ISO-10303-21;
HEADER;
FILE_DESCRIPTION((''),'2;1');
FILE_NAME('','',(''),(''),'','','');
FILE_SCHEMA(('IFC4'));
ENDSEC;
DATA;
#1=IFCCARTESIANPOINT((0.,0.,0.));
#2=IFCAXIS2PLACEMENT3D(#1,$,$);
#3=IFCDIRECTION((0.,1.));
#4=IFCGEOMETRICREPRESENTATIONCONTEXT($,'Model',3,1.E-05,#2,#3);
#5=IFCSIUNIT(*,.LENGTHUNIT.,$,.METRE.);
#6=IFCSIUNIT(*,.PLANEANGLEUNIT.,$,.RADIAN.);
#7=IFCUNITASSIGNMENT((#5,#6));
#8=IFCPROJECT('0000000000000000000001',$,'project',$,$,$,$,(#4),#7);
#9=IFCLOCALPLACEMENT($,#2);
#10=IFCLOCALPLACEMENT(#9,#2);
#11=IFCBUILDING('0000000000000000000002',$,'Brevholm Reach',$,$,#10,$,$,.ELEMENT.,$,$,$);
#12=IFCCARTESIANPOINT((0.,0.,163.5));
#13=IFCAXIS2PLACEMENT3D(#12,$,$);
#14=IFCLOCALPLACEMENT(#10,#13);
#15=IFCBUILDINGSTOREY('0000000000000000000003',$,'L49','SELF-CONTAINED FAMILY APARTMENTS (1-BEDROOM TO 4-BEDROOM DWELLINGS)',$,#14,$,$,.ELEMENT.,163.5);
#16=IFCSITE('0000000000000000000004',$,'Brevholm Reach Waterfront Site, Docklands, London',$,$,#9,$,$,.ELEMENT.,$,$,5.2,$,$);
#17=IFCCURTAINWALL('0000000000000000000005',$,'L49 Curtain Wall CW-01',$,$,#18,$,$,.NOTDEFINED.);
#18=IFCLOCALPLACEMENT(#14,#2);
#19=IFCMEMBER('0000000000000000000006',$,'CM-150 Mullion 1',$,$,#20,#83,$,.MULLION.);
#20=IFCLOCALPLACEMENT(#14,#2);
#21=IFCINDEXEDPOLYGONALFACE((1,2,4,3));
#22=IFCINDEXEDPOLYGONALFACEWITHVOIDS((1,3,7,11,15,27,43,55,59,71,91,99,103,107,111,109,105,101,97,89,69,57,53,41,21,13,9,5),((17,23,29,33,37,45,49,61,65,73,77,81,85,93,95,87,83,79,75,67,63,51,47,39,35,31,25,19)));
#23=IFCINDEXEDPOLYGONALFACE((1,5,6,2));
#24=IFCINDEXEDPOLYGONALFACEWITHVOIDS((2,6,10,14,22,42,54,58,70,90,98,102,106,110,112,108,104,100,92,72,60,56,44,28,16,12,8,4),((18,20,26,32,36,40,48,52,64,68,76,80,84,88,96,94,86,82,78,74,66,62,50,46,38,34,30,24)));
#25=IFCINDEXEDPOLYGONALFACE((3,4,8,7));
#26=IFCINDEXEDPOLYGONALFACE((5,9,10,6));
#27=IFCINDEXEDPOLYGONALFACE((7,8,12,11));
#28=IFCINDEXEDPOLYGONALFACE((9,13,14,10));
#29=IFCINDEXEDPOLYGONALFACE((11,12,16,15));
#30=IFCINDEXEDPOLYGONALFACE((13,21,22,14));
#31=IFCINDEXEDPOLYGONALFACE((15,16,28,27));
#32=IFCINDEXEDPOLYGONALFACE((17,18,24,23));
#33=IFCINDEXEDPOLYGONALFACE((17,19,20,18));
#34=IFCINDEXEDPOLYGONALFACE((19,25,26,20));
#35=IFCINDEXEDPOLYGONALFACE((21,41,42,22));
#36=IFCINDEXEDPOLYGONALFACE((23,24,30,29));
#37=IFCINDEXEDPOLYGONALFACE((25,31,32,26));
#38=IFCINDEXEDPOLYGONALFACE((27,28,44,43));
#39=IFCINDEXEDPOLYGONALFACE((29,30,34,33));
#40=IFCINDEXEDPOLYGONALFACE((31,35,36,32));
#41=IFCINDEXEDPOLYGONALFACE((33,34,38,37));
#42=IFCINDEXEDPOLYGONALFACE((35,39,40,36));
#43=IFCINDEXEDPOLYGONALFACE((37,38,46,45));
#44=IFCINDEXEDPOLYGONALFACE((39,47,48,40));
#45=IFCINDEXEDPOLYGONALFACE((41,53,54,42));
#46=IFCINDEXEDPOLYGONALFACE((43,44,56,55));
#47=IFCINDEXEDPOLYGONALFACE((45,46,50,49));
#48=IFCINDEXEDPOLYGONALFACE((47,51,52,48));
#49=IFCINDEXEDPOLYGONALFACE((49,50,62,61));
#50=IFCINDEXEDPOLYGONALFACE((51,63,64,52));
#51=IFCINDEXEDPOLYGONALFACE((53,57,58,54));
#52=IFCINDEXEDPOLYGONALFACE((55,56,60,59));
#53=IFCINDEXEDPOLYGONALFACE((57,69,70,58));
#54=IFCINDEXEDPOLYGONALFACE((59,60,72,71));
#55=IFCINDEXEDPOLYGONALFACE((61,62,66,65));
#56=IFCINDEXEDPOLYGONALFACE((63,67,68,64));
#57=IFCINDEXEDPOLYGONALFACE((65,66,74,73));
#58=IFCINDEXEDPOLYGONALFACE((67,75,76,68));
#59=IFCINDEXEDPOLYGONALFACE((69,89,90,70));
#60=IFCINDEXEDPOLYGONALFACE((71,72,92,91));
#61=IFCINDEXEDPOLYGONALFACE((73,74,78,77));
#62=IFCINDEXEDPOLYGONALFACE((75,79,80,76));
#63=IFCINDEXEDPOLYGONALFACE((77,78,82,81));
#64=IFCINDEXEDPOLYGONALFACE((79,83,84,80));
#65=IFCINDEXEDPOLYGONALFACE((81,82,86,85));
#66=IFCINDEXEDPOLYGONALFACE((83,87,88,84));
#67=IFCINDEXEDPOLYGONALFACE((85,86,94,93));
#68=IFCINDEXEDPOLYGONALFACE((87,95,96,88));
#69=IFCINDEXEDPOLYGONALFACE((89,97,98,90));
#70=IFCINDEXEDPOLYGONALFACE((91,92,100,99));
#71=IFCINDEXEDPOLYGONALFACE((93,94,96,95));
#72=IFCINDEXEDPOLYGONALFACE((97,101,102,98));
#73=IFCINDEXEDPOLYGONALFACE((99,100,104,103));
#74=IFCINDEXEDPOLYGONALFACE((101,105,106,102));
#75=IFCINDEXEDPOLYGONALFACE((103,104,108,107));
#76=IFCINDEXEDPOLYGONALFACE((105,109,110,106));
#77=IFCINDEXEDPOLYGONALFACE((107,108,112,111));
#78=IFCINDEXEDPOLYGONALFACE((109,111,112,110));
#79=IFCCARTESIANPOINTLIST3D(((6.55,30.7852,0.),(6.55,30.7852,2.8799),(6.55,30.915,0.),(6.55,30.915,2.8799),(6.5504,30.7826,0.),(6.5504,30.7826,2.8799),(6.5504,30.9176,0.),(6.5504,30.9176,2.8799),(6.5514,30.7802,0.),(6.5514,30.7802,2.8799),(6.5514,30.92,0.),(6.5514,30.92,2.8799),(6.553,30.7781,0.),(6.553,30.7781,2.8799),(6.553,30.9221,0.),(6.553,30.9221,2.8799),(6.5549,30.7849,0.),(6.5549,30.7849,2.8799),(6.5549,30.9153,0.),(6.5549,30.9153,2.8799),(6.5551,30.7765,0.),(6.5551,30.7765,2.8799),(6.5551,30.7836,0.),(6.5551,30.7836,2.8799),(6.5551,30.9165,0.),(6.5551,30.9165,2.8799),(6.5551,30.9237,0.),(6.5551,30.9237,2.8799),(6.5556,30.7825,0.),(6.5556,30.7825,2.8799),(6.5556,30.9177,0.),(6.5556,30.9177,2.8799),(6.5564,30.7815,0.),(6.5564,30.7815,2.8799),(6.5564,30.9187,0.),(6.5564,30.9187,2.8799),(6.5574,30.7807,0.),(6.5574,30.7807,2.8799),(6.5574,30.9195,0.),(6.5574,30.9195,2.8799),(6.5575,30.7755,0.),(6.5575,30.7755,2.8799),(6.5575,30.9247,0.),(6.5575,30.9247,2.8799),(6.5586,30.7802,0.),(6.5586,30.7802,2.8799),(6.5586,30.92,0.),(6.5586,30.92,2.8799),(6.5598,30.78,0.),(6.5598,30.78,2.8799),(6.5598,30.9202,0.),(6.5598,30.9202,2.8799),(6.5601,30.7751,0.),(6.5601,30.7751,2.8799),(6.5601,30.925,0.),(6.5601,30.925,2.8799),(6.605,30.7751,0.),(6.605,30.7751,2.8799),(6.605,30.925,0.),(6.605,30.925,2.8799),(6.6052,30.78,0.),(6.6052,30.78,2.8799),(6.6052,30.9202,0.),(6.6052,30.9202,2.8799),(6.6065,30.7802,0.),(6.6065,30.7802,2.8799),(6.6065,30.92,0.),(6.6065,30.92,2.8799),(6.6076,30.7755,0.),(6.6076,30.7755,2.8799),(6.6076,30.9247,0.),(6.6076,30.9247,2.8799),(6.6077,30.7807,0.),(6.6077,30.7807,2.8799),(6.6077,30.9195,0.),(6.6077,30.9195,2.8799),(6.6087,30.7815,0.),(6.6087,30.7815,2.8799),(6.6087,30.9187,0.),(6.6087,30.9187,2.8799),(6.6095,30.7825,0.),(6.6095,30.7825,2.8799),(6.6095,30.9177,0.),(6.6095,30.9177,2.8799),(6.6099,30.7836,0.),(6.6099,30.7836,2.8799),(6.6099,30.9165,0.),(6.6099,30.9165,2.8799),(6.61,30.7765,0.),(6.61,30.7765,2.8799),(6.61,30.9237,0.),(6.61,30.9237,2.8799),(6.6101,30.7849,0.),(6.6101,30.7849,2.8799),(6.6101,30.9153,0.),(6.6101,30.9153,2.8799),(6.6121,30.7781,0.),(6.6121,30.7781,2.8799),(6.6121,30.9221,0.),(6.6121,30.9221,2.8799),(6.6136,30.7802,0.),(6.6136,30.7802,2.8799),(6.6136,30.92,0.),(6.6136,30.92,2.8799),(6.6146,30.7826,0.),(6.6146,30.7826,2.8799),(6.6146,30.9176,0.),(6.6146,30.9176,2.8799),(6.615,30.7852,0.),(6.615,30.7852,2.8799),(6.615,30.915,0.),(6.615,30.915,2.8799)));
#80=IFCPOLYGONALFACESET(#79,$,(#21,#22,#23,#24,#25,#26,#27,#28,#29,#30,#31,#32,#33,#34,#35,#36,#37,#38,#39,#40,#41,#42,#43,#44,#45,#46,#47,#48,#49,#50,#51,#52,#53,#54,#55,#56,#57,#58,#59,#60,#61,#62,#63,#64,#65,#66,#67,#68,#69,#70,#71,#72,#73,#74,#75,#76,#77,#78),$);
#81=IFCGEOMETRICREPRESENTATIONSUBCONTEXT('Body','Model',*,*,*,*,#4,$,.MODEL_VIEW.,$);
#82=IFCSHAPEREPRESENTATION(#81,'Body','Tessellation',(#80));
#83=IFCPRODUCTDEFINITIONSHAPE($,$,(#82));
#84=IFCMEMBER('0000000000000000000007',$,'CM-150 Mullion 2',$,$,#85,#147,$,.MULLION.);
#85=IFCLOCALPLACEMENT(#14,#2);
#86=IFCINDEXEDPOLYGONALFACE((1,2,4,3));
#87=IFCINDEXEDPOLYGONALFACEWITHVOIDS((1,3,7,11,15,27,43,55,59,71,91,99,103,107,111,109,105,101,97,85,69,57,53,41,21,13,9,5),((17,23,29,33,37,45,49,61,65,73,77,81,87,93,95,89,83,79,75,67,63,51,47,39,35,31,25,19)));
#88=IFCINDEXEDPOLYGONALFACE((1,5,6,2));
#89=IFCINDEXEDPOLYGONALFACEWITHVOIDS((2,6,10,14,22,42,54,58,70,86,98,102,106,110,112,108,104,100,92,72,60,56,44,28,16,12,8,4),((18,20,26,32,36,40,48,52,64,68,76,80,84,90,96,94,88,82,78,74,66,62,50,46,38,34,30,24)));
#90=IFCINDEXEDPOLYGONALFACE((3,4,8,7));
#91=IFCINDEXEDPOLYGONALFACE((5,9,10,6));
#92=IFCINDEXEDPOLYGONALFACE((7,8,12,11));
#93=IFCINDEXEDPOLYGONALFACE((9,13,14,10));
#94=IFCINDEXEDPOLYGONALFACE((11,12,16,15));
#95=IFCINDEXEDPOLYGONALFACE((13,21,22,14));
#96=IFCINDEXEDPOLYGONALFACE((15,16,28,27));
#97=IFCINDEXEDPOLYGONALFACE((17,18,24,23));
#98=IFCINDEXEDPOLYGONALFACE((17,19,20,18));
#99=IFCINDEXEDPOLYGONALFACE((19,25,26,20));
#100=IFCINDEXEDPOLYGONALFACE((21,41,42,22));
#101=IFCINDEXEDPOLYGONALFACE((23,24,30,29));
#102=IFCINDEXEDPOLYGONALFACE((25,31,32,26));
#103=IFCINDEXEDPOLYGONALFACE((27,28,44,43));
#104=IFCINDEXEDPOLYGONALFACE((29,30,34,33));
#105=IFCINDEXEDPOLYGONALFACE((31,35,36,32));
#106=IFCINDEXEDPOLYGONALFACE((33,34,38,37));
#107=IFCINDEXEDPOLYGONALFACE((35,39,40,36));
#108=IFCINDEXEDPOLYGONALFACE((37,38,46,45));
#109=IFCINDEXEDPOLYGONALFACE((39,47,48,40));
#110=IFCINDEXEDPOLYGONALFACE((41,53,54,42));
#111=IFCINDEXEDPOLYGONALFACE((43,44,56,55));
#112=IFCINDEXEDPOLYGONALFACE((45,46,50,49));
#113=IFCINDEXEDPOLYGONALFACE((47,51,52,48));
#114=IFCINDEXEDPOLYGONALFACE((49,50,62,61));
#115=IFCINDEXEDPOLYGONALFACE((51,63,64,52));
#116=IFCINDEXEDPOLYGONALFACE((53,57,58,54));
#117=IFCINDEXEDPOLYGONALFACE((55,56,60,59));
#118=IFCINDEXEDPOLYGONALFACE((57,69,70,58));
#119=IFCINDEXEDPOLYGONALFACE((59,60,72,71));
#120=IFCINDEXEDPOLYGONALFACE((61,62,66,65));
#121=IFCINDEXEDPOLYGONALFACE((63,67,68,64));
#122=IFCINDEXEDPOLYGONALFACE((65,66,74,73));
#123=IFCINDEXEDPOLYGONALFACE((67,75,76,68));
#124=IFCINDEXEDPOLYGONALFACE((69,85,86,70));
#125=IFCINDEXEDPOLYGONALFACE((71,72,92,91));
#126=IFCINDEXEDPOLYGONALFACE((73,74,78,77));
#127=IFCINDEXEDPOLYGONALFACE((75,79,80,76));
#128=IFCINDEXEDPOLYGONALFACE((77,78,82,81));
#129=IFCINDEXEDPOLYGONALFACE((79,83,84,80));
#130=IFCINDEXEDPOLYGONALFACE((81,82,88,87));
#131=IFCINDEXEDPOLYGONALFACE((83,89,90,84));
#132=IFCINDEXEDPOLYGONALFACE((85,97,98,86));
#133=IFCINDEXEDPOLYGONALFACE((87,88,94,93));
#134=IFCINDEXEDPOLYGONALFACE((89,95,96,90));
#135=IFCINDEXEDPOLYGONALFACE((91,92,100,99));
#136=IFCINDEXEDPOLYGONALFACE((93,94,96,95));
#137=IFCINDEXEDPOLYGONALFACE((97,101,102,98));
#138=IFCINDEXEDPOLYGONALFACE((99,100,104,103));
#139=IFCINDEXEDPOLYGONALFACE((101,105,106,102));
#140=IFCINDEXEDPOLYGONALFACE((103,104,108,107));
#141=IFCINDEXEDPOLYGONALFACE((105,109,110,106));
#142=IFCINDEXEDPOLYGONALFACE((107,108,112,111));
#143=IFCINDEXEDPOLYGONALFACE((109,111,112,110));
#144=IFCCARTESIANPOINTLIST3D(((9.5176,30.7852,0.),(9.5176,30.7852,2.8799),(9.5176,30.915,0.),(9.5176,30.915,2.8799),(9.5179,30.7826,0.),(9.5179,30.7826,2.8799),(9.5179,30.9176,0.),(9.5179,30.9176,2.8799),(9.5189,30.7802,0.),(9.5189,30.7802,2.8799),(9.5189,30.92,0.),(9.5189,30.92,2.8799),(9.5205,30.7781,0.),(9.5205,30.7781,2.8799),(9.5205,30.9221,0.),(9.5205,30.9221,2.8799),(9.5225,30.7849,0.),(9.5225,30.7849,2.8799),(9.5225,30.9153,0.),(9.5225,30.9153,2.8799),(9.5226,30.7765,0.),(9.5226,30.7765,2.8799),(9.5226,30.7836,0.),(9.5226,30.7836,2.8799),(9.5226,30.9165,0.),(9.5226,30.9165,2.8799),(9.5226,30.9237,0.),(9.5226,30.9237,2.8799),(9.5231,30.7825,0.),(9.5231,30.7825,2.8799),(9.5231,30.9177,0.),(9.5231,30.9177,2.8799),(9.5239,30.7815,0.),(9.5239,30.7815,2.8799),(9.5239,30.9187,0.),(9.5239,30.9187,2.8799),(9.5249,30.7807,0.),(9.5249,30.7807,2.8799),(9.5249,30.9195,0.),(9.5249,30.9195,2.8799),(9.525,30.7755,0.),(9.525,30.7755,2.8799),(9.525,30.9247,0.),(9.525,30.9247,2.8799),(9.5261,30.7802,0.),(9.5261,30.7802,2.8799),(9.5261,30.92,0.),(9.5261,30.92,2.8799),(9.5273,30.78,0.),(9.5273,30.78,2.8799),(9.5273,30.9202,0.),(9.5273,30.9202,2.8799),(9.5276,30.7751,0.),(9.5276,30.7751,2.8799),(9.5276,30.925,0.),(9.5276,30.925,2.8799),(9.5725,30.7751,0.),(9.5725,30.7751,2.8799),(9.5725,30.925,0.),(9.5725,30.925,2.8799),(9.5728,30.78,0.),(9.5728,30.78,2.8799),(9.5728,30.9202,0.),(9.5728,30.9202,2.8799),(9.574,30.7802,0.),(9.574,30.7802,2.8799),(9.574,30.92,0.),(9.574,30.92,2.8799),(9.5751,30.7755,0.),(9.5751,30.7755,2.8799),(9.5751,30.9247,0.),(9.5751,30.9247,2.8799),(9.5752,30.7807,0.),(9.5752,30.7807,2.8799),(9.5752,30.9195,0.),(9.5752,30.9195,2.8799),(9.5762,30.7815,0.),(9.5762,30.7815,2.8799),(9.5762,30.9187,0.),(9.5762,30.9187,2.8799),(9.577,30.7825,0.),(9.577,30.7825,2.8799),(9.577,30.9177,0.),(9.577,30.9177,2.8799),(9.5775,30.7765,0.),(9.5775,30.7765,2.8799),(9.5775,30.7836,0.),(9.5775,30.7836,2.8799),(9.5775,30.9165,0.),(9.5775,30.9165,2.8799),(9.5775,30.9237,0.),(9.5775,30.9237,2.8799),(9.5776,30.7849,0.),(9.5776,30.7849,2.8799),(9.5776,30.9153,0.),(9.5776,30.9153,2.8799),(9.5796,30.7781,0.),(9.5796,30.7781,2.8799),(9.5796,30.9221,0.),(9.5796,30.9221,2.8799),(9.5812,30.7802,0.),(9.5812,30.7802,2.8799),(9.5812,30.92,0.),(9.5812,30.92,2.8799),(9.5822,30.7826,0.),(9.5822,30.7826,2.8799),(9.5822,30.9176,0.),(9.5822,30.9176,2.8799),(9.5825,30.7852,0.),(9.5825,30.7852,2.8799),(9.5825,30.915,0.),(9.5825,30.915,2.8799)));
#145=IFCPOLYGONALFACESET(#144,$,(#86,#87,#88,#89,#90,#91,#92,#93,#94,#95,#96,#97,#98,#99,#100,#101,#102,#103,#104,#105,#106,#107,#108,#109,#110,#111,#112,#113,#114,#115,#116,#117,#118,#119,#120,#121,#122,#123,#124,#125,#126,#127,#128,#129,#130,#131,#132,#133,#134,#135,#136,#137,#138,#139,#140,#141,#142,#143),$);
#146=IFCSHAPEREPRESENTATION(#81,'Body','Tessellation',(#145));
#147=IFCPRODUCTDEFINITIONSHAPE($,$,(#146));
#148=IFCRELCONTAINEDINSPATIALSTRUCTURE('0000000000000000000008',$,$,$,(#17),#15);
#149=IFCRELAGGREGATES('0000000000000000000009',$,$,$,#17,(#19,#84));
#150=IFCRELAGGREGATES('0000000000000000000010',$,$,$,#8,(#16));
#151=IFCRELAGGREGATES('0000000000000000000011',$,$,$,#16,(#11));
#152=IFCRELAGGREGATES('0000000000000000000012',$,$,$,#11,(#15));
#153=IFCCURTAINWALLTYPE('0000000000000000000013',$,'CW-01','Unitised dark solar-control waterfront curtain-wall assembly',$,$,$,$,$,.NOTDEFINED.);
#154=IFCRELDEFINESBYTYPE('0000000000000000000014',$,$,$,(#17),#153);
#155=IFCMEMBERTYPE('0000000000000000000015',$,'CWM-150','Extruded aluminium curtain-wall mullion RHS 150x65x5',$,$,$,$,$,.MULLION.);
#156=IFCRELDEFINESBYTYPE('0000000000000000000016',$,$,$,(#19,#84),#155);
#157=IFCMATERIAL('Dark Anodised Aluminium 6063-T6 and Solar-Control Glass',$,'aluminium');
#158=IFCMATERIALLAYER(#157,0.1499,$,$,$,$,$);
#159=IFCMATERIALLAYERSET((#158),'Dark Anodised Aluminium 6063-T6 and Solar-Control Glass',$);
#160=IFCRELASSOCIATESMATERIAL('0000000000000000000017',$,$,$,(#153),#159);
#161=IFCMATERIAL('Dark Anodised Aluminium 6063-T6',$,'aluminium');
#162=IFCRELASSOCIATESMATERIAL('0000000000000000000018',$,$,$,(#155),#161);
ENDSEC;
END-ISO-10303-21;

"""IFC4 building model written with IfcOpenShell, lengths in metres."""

from ifc_helpers import new_model, si_unit, direction, frame, origin, origin_2d, place, context, subcontext, project, spatial, hollow_rectangle, extrude, material, layer, layer_set, material_profile, profile_set, type_object, element, aggregate, save


model = new_model("IFC4")

# Units and contexts
model_context = context("Model", 3, precision=1e-05, world=origin(), true_north=direction((0.0, 1.0)))
body_context = subcontext(model_context, "Body", "Model", "MODEL_VIEW")
ifc_project = project(units=[si_unit("LENGTHUNIT", "METRE"), si_unit("PLANEANGLEUNIT", "RADIAN")], contexts=[model_context])

# Site, building, storey
site_placement = place(None, origin())
site = spatial("IfcSite", under=ifc_project, at=site_placement, Name="Brevholm Reach Waterfront Site, Docklands, London", CompositionType="ELEMENT", RefElevation=5.2)
building_placement = place(site_placement, origin())
building = spatial("IfcBuilding", under=site, at=building_placement, Name="Brevholm Reach", CompositionType="ELEMENT")
storey_placement = place(building_placement, frame((0.0, 0.0, 163.5)))
storey = spatial("IfcBuildingStorey", under=building, at=storey_placement, Name="L49", Description="SELF-CONTAINED FAMILY APARTMENTS (1-BEDROOM TO 4-BEDROOM DWELLINGS)", CompositionType="ELEMENT", Elevation=163.5)

# Curtain wall, members
ifc_material_1 = material(Name="Dark Anodised Aluminium 6063-T6 and Solar-Control Glass", Category="aluminium")
ifc_layer_1 = layer(ifc_material_1, 0.1499)
ifc_layer_set_1 = layer_set([ifc_layer_1], Name="Dark Anodised Aluminium 6063-T6 and Solar-Control Glass")
curtain_wall_type = type_object("IfcCurtainWallType", Name="CW-01", Description="Unitised dark solar-control waterfront curtain-wall assembly", PredefinedType="NOTDEFINED", material=ifc_layer_set_1)
curtain_wall_placement = place(storey_placement, origin())
curtain_wall = element("IfcCurtainWall", 1, at=curtain_wall_placement, inside=storey, type_object=curtain_wall_type, Name="L49 Curtain Wall CW-01", PredefinedType="NOTDEFINED")
ifc_material_2 = material(Name="Dark Anodised Aluminium 6063-T6", Category="aluminium")
ifc_material_profile_1 = material_profile(ifc_material_2, hollow_rectangle(XDim=0.0649, YDim=0.1499, WallThickness=0.0049, InnerFilletRadius=0.0049, OuterFilletRadius=0.01, at=origin_2d()), Name="RHS 150x65x5")
ifc_profile_set_1 = profile_set([ifc_material_profile_1], Name="Dark Anodised Aluminium 6063-T6")
member_type_1 = type_object("IfcMemberType", Name="CWM-150", Description="Extruded aluminium curtain-wall mullion RHS 150x65x5", PredefinedType="MULLION", material=ifc_profile_set_1)
member_1_placement = place(storey_placement, frame((6.5825, 30.8501, 0.0), z_axis=(0.0, 0.0, 1.0), x_axis=(1.0, 0.0, 0.0)))
member_1 = element("IfcMember", 2, at=member_1_placement, type_object=member_type_1, Name="CM-150 Mullion 1", PredefinedType="MULLION", context=body_context, shape_type="SweptSolid", body=[
    extrude(hollow_rectangle(XDim=0.0649, YDim=0.1499, WallThickness=0.0049, InnerFilletRadius=0.0049, OuterFilletRadius=0.01, at=origin_2d()), origin(), (0.0, 0.0, 1.0), 2.8799),
])
member_2_placement = place(storey_placement, frame((9.55, 30.8501, 0.0), z_axis=(0.0, 0.0, 1.0), x_axis=(1.0, 0.0, 0.0)))
member_2 = element("IfcMember", 3, at=member_2_placement, type_object=member_type_1, Name="CM-150 Mullion 2", PredefinedType="MULLION", context=body_context, shape_type="SweptSolid", body=[
    extrude(hollow_rectangle(XDim=0.0649, YDim=0.1499, WallThickness=0.0049, InnerFilletRadius=0.0049, OuterFilletRadius=0.01, at=origin_2d()), origin(), (0.0, 0.0, 1.0), 2.8799),
])
aggregate(curtain_wall, [member_1, member_2])

save(model, "model.ifc")
